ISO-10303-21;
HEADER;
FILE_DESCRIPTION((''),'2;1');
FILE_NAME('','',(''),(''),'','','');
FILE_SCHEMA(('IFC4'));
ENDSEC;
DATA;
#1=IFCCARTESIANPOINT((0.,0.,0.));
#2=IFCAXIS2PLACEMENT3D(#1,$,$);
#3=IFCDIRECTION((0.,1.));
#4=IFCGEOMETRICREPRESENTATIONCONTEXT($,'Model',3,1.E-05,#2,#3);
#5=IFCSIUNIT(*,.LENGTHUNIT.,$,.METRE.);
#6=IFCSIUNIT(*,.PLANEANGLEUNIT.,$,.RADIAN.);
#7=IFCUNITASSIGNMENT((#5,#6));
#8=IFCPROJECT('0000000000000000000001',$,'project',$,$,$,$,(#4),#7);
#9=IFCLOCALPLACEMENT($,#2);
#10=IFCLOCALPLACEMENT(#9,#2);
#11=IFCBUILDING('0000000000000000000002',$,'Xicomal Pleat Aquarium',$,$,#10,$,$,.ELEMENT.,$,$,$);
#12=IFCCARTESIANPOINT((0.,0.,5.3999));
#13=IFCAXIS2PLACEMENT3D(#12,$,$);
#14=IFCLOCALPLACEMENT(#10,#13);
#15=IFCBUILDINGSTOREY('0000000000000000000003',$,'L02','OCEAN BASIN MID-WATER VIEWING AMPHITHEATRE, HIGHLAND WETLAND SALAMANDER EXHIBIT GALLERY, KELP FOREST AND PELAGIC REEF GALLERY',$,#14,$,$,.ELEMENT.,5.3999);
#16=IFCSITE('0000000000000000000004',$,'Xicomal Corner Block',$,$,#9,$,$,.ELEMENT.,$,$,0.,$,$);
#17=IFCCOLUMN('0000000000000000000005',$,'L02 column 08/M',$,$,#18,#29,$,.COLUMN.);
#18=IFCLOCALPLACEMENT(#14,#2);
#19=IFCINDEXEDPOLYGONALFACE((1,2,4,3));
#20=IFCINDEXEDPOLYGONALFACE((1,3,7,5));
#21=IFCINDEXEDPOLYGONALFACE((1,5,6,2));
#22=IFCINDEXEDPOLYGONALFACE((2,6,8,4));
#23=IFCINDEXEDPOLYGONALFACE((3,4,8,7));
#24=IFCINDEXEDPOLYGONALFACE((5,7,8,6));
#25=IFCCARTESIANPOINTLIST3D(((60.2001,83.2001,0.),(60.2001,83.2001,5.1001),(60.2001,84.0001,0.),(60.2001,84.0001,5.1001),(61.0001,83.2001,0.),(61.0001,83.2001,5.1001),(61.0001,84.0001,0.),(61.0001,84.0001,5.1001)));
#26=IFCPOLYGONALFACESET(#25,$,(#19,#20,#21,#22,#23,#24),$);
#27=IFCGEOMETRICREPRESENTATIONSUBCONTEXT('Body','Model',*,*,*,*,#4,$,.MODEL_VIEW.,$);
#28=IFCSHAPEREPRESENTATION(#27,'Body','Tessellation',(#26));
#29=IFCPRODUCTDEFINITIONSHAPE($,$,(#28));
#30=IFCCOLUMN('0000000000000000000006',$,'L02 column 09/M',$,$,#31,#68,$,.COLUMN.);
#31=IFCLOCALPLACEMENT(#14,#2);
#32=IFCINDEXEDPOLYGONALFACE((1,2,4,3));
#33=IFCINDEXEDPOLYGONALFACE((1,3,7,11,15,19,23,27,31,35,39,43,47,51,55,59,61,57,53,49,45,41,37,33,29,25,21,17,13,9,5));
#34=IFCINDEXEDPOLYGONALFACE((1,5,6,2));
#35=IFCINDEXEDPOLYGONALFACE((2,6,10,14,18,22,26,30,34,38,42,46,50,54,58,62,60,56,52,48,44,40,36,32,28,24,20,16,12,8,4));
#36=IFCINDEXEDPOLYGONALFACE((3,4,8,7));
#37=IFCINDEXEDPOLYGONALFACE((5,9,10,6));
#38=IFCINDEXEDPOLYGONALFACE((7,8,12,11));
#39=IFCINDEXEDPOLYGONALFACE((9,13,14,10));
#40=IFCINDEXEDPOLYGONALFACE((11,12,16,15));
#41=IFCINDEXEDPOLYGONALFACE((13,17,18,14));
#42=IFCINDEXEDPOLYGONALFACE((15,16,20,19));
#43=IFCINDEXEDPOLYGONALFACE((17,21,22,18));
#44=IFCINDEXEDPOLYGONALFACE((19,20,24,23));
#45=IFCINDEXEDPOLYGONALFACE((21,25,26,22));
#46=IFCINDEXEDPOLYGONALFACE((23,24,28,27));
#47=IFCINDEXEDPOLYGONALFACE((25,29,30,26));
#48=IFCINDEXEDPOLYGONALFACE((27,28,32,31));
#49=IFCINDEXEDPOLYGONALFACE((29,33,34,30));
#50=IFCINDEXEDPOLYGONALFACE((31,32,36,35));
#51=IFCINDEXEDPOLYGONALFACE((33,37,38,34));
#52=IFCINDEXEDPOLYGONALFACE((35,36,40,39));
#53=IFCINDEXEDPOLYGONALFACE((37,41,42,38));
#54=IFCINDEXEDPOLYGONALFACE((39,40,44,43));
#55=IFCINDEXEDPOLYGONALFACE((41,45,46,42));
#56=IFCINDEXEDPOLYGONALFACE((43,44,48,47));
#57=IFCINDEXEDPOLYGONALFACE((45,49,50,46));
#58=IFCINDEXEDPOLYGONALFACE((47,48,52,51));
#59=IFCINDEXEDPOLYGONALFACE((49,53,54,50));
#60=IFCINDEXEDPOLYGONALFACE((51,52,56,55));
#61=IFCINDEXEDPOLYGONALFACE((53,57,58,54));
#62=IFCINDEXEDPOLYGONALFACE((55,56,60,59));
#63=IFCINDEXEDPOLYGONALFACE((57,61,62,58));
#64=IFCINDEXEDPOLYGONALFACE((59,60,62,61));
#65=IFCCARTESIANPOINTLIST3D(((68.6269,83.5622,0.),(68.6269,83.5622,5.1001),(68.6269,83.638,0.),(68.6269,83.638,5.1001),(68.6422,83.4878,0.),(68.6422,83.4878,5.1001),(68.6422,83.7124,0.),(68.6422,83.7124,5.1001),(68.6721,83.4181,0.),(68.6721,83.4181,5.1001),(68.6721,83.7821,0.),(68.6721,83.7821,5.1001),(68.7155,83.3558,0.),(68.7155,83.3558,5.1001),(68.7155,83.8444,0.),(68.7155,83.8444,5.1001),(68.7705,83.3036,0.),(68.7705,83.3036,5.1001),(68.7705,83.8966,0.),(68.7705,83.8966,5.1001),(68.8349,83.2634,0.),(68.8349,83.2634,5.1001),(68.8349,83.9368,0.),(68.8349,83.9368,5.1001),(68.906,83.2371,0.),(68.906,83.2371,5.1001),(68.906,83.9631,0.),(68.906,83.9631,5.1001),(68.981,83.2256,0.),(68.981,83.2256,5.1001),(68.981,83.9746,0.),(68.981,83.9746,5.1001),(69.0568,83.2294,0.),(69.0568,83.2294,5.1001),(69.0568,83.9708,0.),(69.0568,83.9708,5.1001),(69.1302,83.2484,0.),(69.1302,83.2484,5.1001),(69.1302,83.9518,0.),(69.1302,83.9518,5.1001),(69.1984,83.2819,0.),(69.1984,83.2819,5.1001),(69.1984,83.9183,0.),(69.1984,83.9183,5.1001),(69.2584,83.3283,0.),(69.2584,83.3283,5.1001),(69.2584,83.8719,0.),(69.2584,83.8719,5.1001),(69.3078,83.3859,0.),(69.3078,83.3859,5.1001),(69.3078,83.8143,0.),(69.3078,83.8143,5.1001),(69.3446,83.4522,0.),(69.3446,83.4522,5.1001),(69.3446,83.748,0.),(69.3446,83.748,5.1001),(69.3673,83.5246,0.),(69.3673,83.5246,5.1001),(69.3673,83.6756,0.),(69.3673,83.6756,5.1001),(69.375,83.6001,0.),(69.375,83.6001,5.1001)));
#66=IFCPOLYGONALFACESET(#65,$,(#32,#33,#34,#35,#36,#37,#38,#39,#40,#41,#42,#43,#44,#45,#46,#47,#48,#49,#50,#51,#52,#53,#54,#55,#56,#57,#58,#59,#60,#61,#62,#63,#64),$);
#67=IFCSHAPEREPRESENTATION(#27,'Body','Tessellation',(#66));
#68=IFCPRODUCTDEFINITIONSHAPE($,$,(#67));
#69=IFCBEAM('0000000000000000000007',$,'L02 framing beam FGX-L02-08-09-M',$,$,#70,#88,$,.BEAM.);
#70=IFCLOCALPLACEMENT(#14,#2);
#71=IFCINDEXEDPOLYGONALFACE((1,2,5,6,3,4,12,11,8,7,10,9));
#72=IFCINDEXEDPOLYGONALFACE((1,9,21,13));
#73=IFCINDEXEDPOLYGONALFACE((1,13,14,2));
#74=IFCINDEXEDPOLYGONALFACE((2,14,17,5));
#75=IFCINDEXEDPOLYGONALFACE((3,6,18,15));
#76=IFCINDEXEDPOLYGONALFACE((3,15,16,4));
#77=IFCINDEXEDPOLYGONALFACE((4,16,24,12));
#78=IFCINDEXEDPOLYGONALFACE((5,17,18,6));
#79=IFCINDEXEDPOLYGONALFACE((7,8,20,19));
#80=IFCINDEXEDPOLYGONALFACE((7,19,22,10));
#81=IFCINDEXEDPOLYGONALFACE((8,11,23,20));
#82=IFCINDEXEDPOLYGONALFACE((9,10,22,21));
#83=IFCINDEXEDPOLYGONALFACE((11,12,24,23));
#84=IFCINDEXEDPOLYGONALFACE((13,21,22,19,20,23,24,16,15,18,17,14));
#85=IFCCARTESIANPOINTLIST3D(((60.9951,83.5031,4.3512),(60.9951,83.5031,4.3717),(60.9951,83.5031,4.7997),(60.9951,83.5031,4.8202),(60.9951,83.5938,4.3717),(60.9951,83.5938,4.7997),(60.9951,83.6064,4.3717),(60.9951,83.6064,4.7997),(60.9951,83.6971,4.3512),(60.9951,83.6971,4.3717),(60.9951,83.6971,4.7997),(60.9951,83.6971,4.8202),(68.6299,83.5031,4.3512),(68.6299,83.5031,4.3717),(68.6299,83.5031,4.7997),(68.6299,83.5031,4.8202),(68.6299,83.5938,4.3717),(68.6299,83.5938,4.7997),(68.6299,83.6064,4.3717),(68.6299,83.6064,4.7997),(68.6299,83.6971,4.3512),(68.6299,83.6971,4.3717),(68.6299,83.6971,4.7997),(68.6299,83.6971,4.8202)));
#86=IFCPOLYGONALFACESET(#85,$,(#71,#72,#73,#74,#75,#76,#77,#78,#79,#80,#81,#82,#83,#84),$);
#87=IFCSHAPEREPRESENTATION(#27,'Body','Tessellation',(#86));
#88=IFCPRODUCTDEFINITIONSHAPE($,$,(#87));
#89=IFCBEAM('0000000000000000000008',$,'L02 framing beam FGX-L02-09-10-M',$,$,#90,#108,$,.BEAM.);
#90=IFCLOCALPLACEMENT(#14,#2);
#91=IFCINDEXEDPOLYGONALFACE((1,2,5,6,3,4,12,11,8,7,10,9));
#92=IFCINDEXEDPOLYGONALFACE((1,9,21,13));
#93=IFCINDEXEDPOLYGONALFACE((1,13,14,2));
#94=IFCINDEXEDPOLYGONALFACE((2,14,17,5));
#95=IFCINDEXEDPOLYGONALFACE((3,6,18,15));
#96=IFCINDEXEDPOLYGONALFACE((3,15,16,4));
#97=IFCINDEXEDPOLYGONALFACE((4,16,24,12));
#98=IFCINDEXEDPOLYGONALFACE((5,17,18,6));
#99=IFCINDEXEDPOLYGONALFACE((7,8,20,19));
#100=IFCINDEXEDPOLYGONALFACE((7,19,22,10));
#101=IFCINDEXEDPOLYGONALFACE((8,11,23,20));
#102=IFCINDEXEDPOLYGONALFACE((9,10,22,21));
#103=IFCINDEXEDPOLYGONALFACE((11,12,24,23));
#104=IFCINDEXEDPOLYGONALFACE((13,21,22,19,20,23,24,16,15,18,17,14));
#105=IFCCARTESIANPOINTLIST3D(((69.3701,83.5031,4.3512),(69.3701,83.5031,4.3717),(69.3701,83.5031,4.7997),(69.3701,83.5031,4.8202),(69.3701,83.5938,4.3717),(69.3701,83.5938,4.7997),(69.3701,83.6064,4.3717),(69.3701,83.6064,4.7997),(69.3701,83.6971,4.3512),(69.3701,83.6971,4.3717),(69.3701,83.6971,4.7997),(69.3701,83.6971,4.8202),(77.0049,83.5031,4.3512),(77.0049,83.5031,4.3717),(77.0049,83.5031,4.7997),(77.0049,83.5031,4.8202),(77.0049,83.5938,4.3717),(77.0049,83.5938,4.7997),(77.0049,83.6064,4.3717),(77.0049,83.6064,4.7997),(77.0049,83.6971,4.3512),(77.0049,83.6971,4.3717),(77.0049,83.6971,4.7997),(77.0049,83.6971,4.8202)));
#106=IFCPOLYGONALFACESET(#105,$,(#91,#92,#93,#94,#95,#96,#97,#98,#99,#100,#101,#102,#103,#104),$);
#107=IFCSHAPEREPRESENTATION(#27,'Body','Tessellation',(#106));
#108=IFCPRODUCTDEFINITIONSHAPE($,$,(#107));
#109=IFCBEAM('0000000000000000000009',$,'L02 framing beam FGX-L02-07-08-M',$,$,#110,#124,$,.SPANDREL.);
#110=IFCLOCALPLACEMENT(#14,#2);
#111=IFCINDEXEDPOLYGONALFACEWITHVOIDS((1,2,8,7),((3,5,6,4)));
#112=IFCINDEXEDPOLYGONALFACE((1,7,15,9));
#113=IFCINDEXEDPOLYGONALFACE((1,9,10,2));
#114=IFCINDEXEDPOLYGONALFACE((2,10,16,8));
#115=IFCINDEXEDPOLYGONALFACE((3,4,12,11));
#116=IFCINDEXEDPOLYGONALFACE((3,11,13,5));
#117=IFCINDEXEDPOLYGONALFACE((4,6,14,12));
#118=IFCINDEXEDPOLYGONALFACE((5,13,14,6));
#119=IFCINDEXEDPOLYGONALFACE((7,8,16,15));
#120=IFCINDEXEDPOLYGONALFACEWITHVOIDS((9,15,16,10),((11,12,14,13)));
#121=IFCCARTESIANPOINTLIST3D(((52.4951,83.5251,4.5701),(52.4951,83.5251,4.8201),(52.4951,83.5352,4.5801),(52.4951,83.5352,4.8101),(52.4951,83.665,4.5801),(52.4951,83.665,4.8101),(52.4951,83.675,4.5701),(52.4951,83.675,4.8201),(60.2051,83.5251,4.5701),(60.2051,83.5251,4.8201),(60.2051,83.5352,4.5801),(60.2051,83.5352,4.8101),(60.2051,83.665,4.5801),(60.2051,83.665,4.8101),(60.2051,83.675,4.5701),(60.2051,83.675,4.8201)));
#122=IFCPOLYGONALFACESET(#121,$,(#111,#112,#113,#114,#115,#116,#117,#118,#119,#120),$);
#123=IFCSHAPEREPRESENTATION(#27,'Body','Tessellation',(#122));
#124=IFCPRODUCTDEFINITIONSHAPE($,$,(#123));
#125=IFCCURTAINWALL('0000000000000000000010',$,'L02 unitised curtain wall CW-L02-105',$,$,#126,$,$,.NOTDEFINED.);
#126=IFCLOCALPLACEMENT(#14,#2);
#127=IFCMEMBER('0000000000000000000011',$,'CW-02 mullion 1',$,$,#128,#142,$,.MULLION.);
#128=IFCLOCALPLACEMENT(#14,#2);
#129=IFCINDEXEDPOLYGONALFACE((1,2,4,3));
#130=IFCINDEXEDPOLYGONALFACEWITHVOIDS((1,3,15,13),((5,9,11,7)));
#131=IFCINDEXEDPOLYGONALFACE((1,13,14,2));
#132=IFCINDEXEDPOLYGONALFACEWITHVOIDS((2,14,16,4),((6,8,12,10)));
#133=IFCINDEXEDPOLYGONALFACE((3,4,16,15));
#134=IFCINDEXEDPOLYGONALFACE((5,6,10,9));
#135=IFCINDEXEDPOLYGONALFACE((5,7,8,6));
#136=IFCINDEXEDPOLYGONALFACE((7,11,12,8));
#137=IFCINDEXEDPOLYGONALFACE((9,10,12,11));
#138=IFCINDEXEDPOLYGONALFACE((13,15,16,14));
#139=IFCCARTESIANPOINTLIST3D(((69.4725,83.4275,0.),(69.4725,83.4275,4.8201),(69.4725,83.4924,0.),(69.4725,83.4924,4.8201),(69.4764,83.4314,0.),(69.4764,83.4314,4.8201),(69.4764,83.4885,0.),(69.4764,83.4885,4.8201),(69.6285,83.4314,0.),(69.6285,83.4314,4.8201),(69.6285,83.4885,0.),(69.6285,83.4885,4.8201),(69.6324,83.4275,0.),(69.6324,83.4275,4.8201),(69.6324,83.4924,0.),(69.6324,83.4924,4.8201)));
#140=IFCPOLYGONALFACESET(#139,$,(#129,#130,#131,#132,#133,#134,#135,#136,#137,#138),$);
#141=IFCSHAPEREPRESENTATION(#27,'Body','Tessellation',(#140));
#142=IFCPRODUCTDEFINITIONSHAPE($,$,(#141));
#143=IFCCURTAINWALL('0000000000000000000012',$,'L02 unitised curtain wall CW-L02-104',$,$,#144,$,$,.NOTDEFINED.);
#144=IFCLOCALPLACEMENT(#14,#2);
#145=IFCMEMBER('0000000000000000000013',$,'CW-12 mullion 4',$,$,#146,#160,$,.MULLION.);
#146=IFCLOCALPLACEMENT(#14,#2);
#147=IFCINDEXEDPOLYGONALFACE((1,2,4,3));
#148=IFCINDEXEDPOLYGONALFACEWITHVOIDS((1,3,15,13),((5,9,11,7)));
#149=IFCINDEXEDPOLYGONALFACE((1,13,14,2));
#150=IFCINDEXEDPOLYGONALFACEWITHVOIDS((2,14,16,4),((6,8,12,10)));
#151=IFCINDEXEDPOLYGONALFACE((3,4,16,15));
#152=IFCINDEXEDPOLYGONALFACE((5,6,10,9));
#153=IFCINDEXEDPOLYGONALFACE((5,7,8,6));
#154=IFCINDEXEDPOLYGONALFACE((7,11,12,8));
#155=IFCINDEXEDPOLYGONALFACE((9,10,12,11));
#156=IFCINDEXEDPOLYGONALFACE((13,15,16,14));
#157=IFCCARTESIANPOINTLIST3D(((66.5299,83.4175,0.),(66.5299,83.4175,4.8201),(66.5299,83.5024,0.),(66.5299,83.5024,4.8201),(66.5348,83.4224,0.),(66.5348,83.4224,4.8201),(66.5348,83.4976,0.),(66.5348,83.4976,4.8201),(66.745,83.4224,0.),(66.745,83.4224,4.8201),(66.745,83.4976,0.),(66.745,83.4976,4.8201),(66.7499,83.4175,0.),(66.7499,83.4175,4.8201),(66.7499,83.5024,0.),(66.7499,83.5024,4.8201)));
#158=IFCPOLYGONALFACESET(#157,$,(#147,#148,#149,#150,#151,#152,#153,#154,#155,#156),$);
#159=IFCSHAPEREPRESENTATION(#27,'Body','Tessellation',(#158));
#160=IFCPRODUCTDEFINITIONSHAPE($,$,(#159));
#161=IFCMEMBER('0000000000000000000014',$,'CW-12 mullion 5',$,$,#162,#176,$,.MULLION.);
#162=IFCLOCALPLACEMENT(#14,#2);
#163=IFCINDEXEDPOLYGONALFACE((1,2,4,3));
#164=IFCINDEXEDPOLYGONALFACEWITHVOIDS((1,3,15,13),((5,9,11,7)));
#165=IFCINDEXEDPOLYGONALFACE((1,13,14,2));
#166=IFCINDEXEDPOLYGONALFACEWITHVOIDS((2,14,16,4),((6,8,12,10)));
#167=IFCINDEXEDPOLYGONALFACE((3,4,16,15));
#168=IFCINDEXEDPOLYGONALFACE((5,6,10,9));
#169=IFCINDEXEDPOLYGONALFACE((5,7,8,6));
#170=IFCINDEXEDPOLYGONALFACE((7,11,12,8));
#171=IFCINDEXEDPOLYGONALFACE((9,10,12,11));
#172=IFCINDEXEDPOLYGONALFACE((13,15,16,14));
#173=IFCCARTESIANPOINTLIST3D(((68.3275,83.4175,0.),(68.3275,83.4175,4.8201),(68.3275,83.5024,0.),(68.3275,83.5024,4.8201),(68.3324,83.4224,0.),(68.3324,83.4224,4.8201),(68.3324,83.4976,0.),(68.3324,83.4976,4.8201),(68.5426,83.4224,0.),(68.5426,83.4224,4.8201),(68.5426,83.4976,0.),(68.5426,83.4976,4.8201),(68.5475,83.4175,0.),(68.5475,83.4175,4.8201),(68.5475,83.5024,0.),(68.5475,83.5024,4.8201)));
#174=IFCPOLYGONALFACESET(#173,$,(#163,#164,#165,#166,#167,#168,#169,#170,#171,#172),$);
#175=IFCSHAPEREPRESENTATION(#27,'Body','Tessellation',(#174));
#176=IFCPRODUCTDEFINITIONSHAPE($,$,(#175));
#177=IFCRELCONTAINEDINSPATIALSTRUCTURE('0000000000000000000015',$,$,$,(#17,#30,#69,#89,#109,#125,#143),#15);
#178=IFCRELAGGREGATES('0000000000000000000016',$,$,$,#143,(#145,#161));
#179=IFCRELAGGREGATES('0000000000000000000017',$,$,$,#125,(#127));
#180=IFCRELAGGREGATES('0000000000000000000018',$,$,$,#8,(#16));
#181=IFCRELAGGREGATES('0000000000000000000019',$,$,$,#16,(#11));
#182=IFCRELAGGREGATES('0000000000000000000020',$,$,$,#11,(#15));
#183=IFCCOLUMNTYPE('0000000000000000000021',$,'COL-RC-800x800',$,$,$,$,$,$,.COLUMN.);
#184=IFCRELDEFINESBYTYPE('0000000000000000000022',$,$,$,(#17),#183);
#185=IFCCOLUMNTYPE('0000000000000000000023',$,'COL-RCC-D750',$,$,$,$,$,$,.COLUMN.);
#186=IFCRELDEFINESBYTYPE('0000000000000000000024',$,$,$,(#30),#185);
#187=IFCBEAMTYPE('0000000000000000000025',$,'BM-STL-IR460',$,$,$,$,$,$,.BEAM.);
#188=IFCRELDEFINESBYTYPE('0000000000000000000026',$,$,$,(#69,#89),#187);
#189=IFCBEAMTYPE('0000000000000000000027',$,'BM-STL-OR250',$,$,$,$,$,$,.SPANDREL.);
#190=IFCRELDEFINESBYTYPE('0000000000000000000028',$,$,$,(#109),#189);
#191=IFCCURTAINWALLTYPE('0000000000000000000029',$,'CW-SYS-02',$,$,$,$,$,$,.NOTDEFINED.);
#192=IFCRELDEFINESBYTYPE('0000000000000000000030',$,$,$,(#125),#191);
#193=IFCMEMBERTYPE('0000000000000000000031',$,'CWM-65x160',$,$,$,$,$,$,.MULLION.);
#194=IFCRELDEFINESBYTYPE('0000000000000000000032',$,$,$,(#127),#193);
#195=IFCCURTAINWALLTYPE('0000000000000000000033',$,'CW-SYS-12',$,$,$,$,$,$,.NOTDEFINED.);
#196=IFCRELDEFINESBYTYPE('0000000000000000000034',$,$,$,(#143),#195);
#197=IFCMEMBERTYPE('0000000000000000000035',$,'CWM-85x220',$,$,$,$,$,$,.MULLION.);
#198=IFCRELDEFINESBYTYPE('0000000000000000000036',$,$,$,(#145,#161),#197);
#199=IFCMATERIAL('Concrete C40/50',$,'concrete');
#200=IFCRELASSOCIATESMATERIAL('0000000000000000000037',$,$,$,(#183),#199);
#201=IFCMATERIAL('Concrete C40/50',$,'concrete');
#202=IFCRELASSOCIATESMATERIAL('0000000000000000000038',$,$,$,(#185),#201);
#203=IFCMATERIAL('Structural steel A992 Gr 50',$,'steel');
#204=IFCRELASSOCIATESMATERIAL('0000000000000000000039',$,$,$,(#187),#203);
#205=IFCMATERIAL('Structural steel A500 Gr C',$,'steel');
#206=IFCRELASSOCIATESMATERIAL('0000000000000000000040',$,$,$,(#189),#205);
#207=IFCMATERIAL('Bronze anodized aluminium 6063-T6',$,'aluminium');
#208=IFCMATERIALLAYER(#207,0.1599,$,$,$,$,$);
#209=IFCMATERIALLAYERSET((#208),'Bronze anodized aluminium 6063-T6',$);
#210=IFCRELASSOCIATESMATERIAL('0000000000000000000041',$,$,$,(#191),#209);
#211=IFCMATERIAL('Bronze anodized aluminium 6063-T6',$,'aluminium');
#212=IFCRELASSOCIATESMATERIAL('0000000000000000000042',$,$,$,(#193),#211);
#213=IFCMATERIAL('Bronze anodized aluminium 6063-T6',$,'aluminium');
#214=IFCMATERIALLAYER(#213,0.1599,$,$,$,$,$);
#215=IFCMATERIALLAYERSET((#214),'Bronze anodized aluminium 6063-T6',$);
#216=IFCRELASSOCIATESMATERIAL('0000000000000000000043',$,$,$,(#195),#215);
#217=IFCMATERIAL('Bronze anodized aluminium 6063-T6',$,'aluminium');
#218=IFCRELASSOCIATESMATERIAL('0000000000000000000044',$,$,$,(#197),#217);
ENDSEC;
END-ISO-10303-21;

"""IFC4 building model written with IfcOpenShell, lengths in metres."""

from ifc_helpers import new_model, si_unit, direction, frame, origin, origin_2d, place, context, subcontext, project, spatial, rectangle, hollow_rectangle, circle, i_section, extrude, material, layer, layer_set, material_profile, profile_set, type_object, element, aggregate, save


model = new_model("IFC4")

# Units and contexts
model_context = context("Model", 3, precision=1e-05, world=origin(), true_north=direction((0.0, 1.0)))
body_context = subcontext(model_context, "Body", "Model", "MODEL_VIEW")
ifc_project = project(units=[si_unit("LENGTHUNIT", "METRE"), si_unit("PLANEANGLEUNIT", "RADIAN")], contexts=[model_context])

# Site, building, storey
site_placement = place(None, origin())
site = spatial("IfcSite", under=ifc_project, at=site_placement, Name="Xicomal Corner Block", CompositionType="ELEMENT", RefElevation=0.0)
building_placement = place(site_placement, origin())
building = spatial("IfcBuilding", under=site, at=building_placement, Name="Xicomal Pleat Aquarium", CompositionType="ELEMENT")
storey_placement = place(building_placement, frame((0.0, 0.0, 5.3999)))
storey = spatial("IfcBuildingStorey", under=building, at=storey_placement, Name="L02", Description="OCEAN BASIN MID-WATER VIEWING AMPHITHEATRE, HIGHLAND WETLAND SALAMANDER EXHIBIT GALLERY, KELP FOREST AND PELAGIC REEF GALLERY", CompositionType="ELEMENT", Elevation=5.3999)

# Columns
ifc_material_1 = material(Name="Concrete C40/50", Category="concrete")
ifc_material_profile_1 = material_profile(ifc_material_1, rectangle(XDim=0.8, YDim=0.8, at=origin_2d()), Name="RC 800x800")
ifc_profile_set_1 = profile_set([ifc_material_profile_1], Name="Concrete C40/50")
column_type_1 = type_object("IfcColumnType", Name="COL-RC-800x800", PredefinedType="COLUMN", material=ifc_profile_set_1)
column_1_placement = place(storey_placement, frame((60.6001, 83.6001, 0.0), z_axis=(0.0, 0.0, 1.0), x_axis=(1.0, 0.0, 0.0)))
element("IfcColumn", 1, at=column_1_placement, inside=storey, type_object=column_type_1, Name="L02 column 08/M", PredefinedType="COLUMN", context=body_context, shape_type="SweptSolid", body=[
    extrude(rectangle(XDim=0.8, YDim=0.8, at=origin_2d()), origin(), (0.0, 0.0, 1.0), 5.1001),
])
ifc_material_2 = material(Name="Concrete C40/50", Category="concrete")
ifc_material_profile_2 = material_profile(ifc_material_2, circle(Radius=0.375, at=origin_2d()), Name="RCC D750")
ifc_profile_set_2 = profile_set([ifc_material_profile_2], Name="Concrete C40/50")
column_type_2 = type_object("IfcColumnType", Name="COL-RCC-D750", PredefinedType="COLUMN", material=ifc_profile_set_2)
column_2_placement = place(storey_placement, frame((69.0, 83.6001, 0.0), z_axis=(0.0, 0.0, 1.0), x_axis=(1.0, 0.0, 0.0)))
element("IfcColumn", 2, at=column_2_placement, inside=storey, type_object=column_type_2, Name="L02 column 09/M", PredefinedType="COLUMN", context=body_context, shape_type="SweptSolid", body=[
    extrude(circle(Radius=0.375, at=origin_2d()), origin(), (0.0, 0.0, 1.0), 5.1001),
])

# Beams
ifc_material_3 = material(Name="Structural steel A992 Gr 50", Category="steel")
ifc_material_profile_3 = material_profile(ifc_material_3, i_section(OverallWidth=0.1941, OverallDepth=0.469, WebThickness=0.0127, FlangeThickness=0.0205, at=origin_2d()), Name="IR 460x106")
ifc_profile_set_3 = profile_set([ifc_material_profile_3], Name="Structural steel A992 Gr 50")
beam_type_1 = type_object("IfcBeamType", Name="BM-STL-IR460", PredefinedType="BEAM", material=ifc_profile_set_3)
for number, where, z_axis, x_axis, name in (
    (3, (60.9951, 83.6001, 4.5857), (1.0, 0.0, 0.0), (0.0, 1.0, 0.0), "L02 framing beam FGX-L02-08-09-M"),
    (4, (69.3701, 83.6001, 4.5857), (1.0, 0.0, 0.0), (0.0, 1.0, 0.0), "L02 framing beam FGX-L02-09-10-M"),
):
    element("IfcBeam", number, at=place(storey_placement, frame(where, z_axis=z_axis, x_axis=x_axis)), inside=storey, type_object=beam_type_1, Name=name, PredefinedType="BEAM", context=body_context, shape_type="SweptSolid", body=[
        extrude(i_section(OverallWidth=0.1941, OverallDepth=0.469, WebThickness=0.0127, FlangeThickness=0.0205, at=origin_2d()), origin(), (0.0, 0.0, 1.0), 7.6348),
    ])
ifc_material_4 = material(Name="Structural steel A500 Gr C", Category="steel")
ifc_material_profile_4 = material_profile(ifc_material_4, hollow_rectangle(XDim=0.1499, YDim=0.25, WallThickness=0.01, at=origin_2d()), Name="OR 250x150x10")
ifc_profile_set_4 = profile_set([ifc_material_profile_4], Name="Structural steel A500 Gr C")
beam_type_2 = type_object("IfcBeamType", Name="BM-STL-OR250", PredefinedType="SPANDREL", material=ifc_profile_set_4)
beam_placement = place(storey_placement, frame((52.4951, 83.6001, 4.6951), z_axis=(1.0, 0.0, 0.0), x_axis=(0.0, 1.0, 0.0)))
element("IfcBeam", 5, at=beam_placement, inside=storey, type_object=beam_type_2, Name="L02 framing beam FGX-L02-07-08-M", PredefinedType="SPANDREL", context=body_context, shape_type="SweptSolid", body=[
    extrude(hollow_rectangle(XDim=0.1499, YDim=0.25, WallThickness=0.01, at=origin_2d()), origin(), (0.0, 0.0, 1.0), 7.71),
])

# Curtain wall, member
ifc_material_5 = material(Name="Bronze anodized aluminium 6063-T6", Category="aluminium")
ifc_layer_1 = layer(ifc_material_5, 0.1599)
ifc_layer_set_1 = layer_set([ifc_layer_1], Name="Bronze anodized aluminium 6063-T6")
curtain_wall_type_1 = type_object("IfcCurtainWallType", Name="CW-SYS-02", PredefinedType="NOTDEFINED", material=ifc_layer_set_1)
curtain_wall_1_placement = place(storey_placement, origin())
curtain_wall_1 = element("IfcCurtainWall", 6, at=curtain_wall_1_placement, inside=storey, type_object=curtain_wall_type_1, Name="L02 unitised curtain wall CW-L02-105", PredefinedType="NOTDEFINED")
ifc_material_6 = material(Name="Bronze anodized aluminium 6063-T6", Category="aluminium")
ifc_material_profile_5 = material_profile(ifc_material_6, hollow_rectangle(XDim=0.0649, YDim=0.1599, WallThickness=0.0039, at=origin_2d()), Name="ALU MULL 65x160")
ifc_profile_set_5 = profile_set([ifc_material_profile_5], Name="Bronze anodized aluminium 6063-T6")
member_type_1 = type_object("IfcMemberType", Name="CWM-65x160", PredefinedType="MULLION", material=ifc_profile_set_5)
member_1_placement = place(storey_placement, frame((69.5525, 83.46, 0.0), z_axis=(0.0, 0.0, 1.0), x_axis=(0.0, 1.0, 0.0)))
member_1 = element("IfcMember", 7, at=member_1_placement, type_object=member_type_1, Name="CW-02 mullion 1", PredefinedType="MULLION", context=body_context, shape_type="SweptSolid", body=[
    extrude(hollow_rectangle(XDim=0.0649, YDim=0.1599, WallThickness=0.0039, at=origin_2d()), origin(), (0.0, 0.0, 1.0), 4.8201),
])

# Curtain wall, members
ifc_material_7 = material(Name="Bronze anodized aluminium 6063-T6", Category="aluminium")
ifc_layer_2 = layer(ifc_material_7, 0.1599)
ifc_layer_set_2 = layer_set([ifc_layer_2], Name="Bronze anodized aluminium 6063-T6")
curtain_wall_type_2 = type_object("IfcCurtainWallType", Name="CW-SYS-12", PredefinedType="NOTDEFINED", material=ifc_layer_set_2)
curtain_wall_2_placement = place(storey_placement, origin())
curtain_wall_2 = element("IfcCurtainWall", 8, at=curtain_wall_2_placement, inside=storey, type_object=curtain_wall_type_2, Name="L02 unitised curtain wall CW-L02-104", PredefinedType="NOTDEFINED")
ifc_material_8 = material(Name="Bronze anodized aluminium 6063-T6", Category="aluminium")
ifc_material_profile_6 = material_profile(ifc_material_8, hollow_rectangle(XDim=0.085, YDim=0.22, WallThickness=0.0049, at=origin_2d()), Name="ALU MULL 85x220")
ifc_profile_set_6 = profile_set([ifc_material_profile_6], Name="Bronze anodized aluminium 6063-T6")
member_type_2 = type_object("IfcMemberType", Name="CWM-85x220", PredefinedType="MULLION", material=ifc_profile_set_6)
member_2_placement = place(storey_placement, frame((66.6399, 83.46, 0.0), z_axis=(0.0, 0.0, 1.0), x_axis=(0.0, 1.0, 0.0)))
member_2 = element("IfcMember", 9, at=member_2_placement, type_object=member_type_2, Name="CW-12 mullion 4", PredefinedType="MULLION", context=body_context, shape_type="SweptSolid", body=[
    extrude(hollow_rectangle(XDim=0.085, YDim=0.22, WallThickness=0.0049, at=origin_2d()), origin(), (0.0, 0.0, 1.0), 4.8201),
])
member_3_placement = place(storey_placement, frame((68.4375, 83.46, 0.0), z_axis=(0.0, 0.0, 1.0), x_axis=(0.0, 1.0, 0.0)))
member_3 = element("IfcMember", 10, at=member_3_placement, type_object=member_type_2, Name="CW-12 mullion 5", PredefinedType="MULLION", context=body_context, shape_type="SweptSolid", body=[
    extrude(hollow_rectangle(XDim=0.085, YDim=0.22, WallThickness=0.0049, at=origin_2d()), origin(), (0.0, 0.0, 1.0), 4.8201),
])

aggregate(curtain_wall_2, [member_2, member_3])
aggregate(curtain_wall_1, [member_1])

save(model, "model.ifc")
